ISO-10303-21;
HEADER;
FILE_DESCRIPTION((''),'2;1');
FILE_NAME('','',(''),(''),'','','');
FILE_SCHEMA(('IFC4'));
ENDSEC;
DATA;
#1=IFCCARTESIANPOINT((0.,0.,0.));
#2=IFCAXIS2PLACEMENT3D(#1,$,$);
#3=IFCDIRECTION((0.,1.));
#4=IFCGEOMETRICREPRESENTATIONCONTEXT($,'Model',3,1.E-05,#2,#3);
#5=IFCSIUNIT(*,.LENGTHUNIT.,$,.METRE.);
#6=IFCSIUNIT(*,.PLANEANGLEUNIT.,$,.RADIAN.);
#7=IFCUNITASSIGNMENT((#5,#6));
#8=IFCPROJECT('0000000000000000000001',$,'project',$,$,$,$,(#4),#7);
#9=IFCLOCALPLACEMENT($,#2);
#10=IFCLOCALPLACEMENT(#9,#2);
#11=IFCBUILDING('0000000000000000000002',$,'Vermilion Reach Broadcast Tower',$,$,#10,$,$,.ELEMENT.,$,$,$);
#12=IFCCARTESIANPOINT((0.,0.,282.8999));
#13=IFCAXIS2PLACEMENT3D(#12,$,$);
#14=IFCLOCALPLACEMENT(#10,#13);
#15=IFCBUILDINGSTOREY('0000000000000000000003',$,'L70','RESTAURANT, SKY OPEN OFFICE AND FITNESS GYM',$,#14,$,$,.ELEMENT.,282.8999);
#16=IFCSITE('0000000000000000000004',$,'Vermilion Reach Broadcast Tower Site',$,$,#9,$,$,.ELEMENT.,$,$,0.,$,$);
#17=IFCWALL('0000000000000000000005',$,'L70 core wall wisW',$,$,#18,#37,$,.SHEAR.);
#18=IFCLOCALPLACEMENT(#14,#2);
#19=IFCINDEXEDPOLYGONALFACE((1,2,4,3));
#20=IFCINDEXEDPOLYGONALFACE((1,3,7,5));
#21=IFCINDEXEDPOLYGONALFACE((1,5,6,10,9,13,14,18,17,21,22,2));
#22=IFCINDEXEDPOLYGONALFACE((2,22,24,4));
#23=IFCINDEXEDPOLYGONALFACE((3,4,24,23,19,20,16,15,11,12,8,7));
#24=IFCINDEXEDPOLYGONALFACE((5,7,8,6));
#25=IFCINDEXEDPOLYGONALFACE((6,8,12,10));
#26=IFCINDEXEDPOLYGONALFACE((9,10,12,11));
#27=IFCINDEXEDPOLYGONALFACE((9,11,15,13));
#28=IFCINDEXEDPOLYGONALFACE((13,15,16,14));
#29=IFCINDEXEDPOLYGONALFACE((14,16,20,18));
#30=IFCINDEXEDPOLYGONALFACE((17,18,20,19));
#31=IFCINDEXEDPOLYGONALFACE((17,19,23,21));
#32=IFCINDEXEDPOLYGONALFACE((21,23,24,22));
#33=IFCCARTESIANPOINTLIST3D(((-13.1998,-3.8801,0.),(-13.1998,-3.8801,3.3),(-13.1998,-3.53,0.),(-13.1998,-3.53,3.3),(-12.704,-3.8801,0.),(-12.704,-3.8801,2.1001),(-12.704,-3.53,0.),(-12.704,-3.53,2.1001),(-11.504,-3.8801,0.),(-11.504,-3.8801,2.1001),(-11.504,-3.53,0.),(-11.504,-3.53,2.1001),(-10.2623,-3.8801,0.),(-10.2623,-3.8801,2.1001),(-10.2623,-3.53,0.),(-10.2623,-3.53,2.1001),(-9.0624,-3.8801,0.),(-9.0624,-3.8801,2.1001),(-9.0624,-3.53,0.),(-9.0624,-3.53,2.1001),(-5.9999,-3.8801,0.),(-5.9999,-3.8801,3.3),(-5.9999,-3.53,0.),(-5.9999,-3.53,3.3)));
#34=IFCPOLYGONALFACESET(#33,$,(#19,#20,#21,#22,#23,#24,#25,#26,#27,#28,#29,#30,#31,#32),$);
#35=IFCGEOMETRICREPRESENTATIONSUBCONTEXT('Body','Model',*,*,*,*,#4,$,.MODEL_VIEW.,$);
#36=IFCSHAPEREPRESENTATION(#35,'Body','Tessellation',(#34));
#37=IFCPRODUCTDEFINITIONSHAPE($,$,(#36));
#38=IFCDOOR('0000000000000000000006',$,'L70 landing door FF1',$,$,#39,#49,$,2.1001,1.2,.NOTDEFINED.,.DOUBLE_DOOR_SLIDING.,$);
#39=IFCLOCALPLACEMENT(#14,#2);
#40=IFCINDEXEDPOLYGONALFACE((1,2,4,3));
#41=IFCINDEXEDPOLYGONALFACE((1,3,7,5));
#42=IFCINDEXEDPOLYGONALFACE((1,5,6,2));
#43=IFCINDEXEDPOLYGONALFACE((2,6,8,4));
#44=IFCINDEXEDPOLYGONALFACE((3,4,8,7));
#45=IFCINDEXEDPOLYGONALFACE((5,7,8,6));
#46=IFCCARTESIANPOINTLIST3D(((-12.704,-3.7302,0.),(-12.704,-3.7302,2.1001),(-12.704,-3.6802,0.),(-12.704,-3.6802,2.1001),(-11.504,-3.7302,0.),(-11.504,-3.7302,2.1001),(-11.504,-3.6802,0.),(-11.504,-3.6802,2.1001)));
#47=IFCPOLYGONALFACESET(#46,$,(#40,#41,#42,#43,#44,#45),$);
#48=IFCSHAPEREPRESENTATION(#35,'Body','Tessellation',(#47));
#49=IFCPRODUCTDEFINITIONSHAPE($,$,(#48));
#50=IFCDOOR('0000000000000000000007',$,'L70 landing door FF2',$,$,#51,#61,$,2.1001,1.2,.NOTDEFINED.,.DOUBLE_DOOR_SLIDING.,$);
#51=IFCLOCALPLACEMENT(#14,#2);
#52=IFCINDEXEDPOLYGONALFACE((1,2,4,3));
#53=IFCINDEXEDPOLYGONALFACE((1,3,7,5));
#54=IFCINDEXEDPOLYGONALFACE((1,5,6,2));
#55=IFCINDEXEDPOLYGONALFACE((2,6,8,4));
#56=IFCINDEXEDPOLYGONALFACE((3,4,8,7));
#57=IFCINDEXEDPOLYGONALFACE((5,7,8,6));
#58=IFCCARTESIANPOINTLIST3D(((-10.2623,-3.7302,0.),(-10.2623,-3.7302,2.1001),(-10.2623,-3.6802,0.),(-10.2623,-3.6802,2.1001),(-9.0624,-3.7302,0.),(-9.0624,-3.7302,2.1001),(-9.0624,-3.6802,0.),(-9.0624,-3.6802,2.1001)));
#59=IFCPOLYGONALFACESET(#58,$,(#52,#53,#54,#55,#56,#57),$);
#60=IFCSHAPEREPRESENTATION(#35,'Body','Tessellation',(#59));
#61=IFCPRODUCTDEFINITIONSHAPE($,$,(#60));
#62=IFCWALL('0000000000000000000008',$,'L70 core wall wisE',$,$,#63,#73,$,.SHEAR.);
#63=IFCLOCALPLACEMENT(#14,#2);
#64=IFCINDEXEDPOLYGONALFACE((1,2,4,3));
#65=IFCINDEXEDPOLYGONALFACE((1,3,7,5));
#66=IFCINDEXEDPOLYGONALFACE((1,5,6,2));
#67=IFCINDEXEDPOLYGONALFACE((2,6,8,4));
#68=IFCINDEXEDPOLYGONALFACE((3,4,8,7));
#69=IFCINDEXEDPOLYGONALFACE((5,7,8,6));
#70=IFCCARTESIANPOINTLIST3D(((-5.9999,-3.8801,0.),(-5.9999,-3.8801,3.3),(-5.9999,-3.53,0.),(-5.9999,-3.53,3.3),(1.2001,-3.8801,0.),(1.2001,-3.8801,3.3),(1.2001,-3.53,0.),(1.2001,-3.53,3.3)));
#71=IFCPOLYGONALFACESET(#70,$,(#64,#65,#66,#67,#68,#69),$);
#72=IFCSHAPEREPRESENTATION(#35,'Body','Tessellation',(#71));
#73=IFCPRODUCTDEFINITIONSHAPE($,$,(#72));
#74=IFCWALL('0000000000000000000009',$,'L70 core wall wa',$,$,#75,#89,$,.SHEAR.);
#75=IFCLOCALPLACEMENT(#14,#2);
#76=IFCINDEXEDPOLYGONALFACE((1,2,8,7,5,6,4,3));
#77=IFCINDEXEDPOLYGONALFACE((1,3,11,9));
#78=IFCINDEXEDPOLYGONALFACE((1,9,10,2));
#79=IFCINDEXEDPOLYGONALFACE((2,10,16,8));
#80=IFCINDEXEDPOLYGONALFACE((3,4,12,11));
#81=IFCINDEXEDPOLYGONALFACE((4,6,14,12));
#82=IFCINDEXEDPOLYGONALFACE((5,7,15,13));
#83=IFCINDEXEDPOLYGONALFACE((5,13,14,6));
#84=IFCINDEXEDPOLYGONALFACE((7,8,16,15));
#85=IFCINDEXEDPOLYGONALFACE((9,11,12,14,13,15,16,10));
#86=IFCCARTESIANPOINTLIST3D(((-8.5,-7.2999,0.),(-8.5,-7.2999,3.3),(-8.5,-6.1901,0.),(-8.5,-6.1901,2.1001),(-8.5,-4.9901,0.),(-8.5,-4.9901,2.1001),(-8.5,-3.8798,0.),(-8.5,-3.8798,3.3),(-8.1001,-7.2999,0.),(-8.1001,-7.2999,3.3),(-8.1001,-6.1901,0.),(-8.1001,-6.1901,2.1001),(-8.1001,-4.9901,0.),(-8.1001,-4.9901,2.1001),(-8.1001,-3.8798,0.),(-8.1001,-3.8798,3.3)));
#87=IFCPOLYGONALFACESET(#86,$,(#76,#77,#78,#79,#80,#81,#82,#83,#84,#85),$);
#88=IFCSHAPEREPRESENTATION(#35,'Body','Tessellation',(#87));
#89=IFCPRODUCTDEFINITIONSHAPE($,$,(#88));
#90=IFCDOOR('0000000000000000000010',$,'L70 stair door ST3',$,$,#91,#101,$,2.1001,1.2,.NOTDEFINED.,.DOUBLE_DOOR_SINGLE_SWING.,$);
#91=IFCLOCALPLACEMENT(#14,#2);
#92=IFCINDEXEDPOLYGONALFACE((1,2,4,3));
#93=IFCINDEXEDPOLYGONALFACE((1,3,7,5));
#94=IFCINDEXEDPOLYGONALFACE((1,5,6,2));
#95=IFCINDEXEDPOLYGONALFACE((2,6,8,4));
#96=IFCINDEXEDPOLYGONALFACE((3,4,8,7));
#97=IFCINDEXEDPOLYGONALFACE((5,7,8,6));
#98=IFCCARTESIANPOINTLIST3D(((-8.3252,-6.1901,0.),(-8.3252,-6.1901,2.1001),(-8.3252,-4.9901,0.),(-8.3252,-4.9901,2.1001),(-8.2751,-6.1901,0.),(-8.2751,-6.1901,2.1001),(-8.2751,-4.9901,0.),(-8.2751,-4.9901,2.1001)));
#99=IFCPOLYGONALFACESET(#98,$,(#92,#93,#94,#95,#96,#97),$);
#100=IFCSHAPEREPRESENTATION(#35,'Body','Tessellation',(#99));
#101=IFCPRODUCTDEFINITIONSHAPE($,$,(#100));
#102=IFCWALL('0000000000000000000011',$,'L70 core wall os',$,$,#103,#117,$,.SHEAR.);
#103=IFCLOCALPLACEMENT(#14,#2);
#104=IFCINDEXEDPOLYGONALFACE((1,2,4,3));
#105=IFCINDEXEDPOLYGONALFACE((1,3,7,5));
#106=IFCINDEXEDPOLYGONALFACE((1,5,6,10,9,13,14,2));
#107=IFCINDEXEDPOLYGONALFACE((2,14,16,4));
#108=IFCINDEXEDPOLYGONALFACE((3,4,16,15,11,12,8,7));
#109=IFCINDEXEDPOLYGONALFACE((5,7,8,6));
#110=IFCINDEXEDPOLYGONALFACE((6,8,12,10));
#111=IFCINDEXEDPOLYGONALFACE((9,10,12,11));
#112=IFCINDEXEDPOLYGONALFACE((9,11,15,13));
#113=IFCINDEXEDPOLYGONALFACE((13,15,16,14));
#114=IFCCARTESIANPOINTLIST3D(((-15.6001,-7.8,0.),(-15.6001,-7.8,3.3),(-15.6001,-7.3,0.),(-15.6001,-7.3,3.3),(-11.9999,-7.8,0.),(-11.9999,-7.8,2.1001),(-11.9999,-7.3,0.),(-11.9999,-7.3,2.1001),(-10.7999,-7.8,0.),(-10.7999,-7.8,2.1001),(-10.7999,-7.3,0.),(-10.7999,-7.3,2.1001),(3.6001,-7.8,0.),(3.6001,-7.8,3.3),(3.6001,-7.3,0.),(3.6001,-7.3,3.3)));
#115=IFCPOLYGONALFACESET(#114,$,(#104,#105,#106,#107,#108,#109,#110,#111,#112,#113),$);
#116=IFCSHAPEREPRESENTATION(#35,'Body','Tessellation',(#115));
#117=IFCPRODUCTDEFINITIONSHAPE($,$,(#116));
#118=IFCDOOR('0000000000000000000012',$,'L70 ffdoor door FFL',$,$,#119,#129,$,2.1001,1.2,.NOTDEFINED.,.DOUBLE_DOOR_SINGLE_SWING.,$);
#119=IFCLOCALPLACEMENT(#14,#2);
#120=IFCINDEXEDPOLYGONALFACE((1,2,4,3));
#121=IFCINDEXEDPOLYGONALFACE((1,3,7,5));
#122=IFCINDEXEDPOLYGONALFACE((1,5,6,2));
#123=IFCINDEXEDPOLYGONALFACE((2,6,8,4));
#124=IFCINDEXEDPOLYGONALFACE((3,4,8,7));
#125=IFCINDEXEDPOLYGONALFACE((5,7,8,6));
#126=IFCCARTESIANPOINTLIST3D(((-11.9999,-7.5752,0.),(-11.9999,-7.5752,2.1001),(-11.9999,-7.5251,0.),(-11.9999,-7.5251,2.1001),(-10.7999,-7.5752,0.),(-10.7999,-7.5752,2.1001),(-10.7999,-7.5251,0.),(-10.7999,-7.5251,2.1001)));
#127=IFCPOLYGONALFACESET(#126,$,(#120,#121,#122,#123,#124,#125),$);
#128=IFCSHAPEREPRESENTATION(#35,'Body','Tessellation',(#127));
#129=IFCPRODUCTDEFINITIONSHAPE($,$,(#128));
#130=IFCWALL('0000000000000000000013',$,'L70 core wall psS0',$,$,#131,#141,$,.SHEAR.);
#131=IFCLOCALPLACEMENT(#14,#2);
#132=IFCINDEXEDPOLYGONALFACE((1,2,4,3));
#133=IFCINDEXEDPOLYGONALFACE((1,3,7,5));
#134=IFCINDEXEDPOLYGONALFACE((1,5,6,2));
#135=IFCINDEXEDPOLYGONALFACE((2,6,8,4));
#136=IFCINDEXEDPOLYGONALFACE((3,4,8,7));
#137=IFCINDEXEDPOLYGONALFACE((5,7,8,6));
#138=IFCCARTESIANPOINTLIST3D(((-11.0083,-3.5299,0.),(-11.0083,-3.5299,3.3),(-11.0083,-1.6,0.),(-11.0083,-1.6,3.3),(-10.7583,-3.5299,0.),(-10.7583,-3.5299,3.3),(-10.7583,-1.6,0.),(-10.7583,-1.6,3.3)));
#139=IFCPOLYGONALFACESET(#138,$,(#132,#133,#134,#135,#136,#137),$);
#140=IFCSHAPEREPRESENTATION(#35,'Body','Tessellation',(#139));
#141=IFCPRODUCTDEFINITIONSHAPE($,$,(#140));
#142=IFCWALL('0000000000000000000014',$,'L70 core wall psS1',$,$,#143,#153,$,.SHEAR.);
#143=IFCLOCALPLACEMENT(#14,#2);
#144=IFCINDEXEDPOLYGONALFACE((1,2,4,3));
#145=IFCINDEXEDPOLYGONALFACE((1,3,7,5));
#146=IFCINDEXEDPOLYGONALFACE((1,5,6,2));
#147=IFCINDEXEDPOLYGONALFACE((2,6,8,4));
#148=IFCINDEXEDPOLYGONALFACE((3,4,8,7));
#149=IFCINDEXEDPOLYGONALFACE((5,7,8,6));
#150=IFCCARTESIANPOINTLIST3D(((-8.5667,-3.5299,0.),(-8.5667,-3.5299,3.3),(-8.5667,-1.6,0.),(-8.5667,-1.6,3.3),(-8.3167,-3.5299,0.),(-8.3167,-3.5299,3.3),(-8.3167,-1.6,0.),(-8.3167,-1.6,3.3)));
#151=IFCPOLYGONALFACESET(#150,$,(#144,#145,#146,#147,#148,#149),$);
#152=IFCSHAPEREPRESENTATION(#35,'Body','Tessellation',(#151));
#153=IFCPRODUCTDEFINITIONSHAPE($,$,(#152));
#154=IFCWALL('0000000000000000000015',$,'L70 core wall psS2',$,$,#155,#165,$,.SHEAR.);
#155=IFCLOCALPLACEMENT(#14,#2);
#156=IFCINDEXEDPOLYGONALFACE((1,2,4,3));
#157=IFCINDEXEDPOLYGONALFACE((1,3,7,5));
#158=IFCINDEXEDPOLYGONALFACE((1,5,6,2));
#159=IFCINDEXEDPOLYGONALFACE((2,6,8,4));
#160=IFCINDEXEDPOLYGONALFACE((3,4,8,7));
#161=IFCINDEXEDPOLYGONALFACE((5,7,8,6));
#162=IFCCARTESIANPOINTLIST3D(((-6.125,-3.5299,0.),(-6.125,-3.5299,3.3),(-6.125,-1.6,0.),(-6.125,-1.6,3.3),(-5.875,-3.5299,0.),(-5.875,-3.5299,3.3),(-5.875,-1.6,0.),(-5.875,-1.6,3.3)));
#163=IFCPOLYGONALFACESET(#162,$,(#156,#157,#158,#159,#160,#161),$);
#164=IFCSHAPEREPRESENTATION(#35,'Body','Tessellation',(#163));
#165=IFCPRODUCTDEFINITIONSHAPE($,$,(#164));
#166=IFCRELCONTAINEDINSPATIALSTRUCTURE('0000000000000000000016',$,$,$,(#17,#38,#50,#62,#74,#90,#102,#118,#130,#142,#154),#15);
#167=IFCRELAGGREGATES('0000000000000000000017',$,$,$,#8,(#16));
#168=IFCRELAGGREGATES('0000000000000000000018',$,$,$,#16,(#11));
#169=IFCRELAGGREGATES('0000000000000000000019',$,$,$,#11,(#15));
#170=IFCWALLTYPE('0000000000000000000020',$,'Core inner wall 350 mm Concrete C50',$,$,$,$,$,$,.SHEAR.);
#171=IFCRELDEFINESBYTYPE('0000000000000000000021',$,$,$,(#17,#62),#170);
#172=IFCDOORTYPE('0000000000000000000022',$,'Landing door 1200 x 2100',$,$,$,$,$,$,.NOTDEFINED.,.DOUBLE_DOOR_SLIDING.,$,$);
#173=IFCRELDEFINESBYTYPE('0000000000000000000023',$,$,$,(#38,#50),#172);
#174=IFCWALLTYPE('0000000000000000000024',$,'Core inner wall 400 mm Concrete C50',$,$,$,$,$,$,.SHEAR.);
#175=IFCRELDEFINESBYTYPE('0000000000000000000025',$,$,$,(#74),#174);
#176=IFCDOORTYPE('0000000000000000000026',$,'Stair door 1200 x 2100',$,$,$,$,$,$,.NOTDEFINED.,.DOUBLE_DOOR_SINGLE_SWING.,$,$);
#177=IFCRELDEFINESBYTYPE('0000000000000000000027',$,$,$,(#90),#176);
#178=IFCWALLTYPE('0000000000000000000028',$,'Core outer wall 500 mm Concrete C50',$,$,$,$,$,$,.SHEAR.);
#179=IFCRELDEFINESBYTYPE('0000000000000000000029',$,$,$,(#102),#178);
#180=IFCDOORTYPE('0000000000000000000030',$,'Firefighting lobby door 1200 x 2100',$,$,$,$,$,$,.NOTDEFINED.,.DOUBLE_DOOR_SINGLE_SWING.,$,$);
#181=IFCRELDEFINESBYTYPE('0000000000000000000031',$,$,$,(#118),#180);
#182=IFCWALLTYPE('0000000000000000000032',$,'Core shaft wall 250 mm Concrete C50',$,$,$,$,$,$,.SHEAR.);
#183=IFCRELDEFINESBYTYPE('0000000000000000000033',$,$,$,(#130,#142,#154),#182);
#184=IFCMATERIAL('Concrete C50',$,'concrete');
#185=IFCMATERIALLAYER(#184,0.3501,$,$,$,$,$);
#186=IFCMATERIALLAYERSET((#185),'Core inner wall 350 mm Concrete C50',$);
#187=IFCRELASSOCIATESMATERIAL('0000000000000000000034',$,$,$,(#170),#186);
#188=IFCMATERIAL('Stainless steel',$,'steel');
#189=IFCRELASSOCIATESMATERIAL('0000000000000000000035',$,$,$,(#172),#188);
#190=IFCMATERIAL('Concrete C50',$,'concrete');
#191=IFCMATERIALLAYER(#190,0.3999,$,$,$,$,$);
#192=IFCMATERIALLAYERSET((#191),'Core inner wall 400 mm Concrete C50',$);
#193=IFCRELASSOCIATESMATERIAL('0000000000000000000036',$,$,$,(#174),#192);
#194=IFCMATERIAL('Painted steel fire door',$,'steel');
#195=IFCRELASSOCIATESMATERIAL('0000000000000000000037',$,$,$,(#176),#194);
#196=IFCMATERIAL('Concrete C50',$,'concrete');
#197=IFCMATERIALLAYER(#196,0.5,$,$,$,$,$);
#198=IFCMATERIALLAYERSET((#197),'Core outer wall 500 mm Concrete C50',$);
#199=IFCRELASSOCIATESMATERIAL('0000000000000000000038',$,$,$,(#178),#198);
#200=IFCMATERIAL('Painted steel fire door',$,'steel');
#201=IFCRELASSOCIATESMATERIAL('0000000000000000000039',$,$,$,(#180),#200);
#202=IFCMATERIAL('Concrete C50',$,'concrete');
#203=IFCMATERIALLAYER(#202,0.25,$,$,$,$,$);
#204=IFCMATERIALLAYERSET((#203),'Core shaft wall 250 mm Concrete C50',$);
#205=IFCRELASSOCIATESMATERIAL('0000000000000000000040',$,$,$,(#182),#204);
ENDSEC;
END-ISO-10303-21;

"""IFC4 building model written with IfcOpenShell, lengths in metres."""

from ifc_helpers import new_model, si_unit, direction, frame, frame_2d, origin, place, context, subcontext, project, spatial, rectangle, extrude, material, layer, layer_set, type_object, element, fill, save


model = new_model("IFC4")

# Units and contexts
model_context = context("Model", 3, precision=1e-05, world=origin(), true_north=direction((0.0, 1.0)))
body_context = subcontext(model_context, "Body", "Model", "MODEL_VIEW")
ifc_project = project(units=[si_unit("LENGTHUNIT", "METRE"), si_unit("PLANEANGLEUNIT", "RADIAN")], contexts=[model_context])

# Site, building, storey
site_placement = place(None, origin())
site = spatial("IfcSite", under=ifc_project, at=site_placement, Name="Vermilion Reach Broadcast Tower Site", CompositionType="ELEMENT", RefElevation=0.0)
building_placement = place(site_placement, origin())
building = spatial("IfcBuilding", under=site, at=building_placement, Name="Vermilion Reach Broadcast Tower", CompositionType="ELEMENT")
storey_placement = place(building_placement, frame((0.0, 0.0, 282.8999)))
storey = spatial("IfcBuildingStorey", under=building, at=storey_placement, Name="L70", Description="RESTAURANT, SKY OPEN OFFICE AND FITNESS GYM", CompositionType="ELEMENT", Elevation=282.8999)

# Wall, openings, doors
ifc_material_1 = material(Name="Concrete C50", Category="concrete")
ifc_layer_1 = layer(ifc_material_1, 0.3501)
ifc_layer_set_1 = layer_set([ifc_layer_1], Name="Core inner wall 350 mm Concrete C50")
wall_type_1 = type_object("IfcWallType", Name="Core inner wall 350 mm Concrete C50", PredefinedType="SHEAR", material=ifc_layer_set_1)
wall_1_placement = place(storey_placement, frame((-13.2, -3.7051, 0.0), z_axis=(0.0, 0.0, 1.0), x_axis=(1.0, 0.0, 0.0)))
wall_1 = element("IfcWall", 1, at=wall_1_placement, inside=storey, type_object=wall_type_1, Name="L70 core wall wisW", PredefinedType="SHEAR", context=body_context, shape_type="SweptSolid", body=[
    extrude(rectangle(XDim=7.2, YDim=0.3501, at=frame_2d((3.6001, 0.0))), origin(), (0.0, 0.0, 1.0), 3.3),
])
opening_1_placement = place(wall_1_placement, frame((0.4958, 0.0, 0.0)))
opening_1 = element("IfcOpeningElement", 2, at=opening_1_placement, cuts=wall_1, PredefinedType="OPENING", context=body_context, shape_type="SweptSolid", body=[
    extrude(rectangle(XDim=1.2, YDim=2.1001, at=frame_2d((0.6001, 1.05))), frame((0.0, 0.1851, 0.0), z_axis=(0.0, -1.0, 0.0), x_axis=(1.0, 0.0, 0.0)), (0.0, 0.0, 1.0), 0.3701),
])
opening_2_placement = place(wall_1_placement, frame((2.9375, 0.0, 0.0)))
opening_2 = element("IfcOpeningElement", 3, at=opening_2_placement, cuts=wall_1, PredefinedType="OPENING", context=body_context, shape_type="SweptSolid", body=[
    extrude(rectangle(XDim=1.2, YDim=2.1001, at=frame_2d((0.6001, 1.05))), frame((0.0, 0.1851, 0.0), z_axis=(0.0, -1.0, 0.0), x_axis=(1.0, 0.0, 0.0)), (0.0, 0.0, 1.0), 0.3701),
])
ifc_material_2 = material(Name="Stainless steel", Category="steel")
door_type_1 = type_object("IfcDoorType", Name="Landing door 1200 x 2100", OperationType="DOUBLE_DOOR_SLIDING", PredefinedType="NOTDEFINED", material=ifc_material_2)
door_1_placement = place(opening_1_placement, origin())
door_1 = element("IfcDoor", 4, at=door_1_placement, inside=storey, type_object=door_type_1, Name="L70 landing door FF1", OperationType="DOUBLE_DOOR_SLIDING", OverallHeight=2.1001, OverallWidth=1.2, PredefinedType="NOTDEFINED", context=body_context, shape_type="SweptSolid", body=[
    extrude(rectangle(XDim=1.2, YDim=2.1001, at=frame_2d((0.6001, 1.05))), frame((0.0, 0.0249, 0.0), z_axis=(0.0, -1.0, 0.0), x_axis=(1.0, 0.0, 0.0)), (0.0, 0.0, 1.0), 0.05),
])
fill(opening_1, door_1)
door_2_placement = place(opening_2_placement, origin())
door_2 = element("IfcDoor", 5, at=door_2_placement, inside=storey, type_object=door_type_1, Name="L70 landing door FF2", OperationType="DOUBLE_DOOR_SLIDING", OverallHeight=2.1001, OverallWidth=1.2, PredefinedType="NOTDEFINED", context=body_context, shape_type="SweptSolid", body=[
    extrude(rectangle(XDim=1.2, YDim=2.1001, at=frame_2d((0.6001, 1.05))), frame((0.0, 0.0249, 0.0), z_axis=(0.0, -1.0, 0.0), x_axis=(1.0, 0.0, 0.0)), (0.0, 0.0, 1.0), 0.05),
])
fill(opening_2, door_2)

# Wall
wall_2_placement = place(storey_placement, frame((-6.0, -3.7051, 0.0), z_axis=(0.0, 0.0, 1.0), x_axis=(1.0, 0.0, 0.0)))
element("IfcWall", 6, at=wall_2_placement, inside=storey, type_object=wall_type_1, Name="L70 core wall wisE", PredefinedType="SHEAR", context=body_context, shape_type="SweptSolid", body=[
    extrude(rectangle(XDim=7.2, YDim=0.3501, at=frame_2d((3.6001, 0.0))), origin(), (0.0, 0.0, 1.0), 3.3),
])

# Walls, openings, doors
ifc_material_3 = material(Name="Concrete C50", Category="concrete")
ifc_layer_2 = layer(ifc_material_3, 0.3999)
ifc_layer_set_2 = layer_set([ifc_layer_2], Name="Core inner wall 400 mm Concrete C50")
wall_type_2 = type_object("IfcWallType", Name="Core inner wall 400 mm Concrete C50", PredefinedType="SHEAR", material=ifc_layer_set_2)
wall_3_placement = place(storey_placement, frame((-8.3, -3.8799, 0.0), z_axis=(0.0, 0.0, 1.0), x_axis=(0.0, -1.0, 0.0)))
wall_3 = element("IfcWall", 7, at=wall_3_placement, inside=storey, type_object=wall_type_2, Name="L70 core wall wa", PredefinedType="SHEAR", context=body_context, shape_type="SweptSolid", body=[
    extrude(rectangle(XDim=3.4202, YDim=0.3999, at=frame_2d((1.71, 0.0))), origin(), (0.0, 0.0, 1.0), 3.3),
])
opening_3_placement = place(wall_3_placement, frame((1.1101, 0.0, 0.0)))
opening_3 = element("IfcOpeningElement", 8, at=opening_3_placement, cuts=wall_3, PredefinedType="OPENING", context=body_context, shape_type="SweptSolid", body=[
    extrude(rectangle(XDim=1.2, YDim=2.1001, at=frame_2d((0.6001, 1.05))), frame((0.0, 0.21, 0.0), z_axis=(0.0, -1.0, 0.0), x_axis=(1.0, 0.0, 0.0)), (0.0, 0.0, 1.0), 0.4199),
])
ifc_material_4 = material(Name="Painted steel fire door", Category="steel")
door_type_2 = type_object("IfcDoorType", Name="Stair door 1200 x 2100", OperationType="DOUBLE_DOOR_SINGLE_SWING", PredefinedType="NOTDEFINED", material=ifc_material_4)
door_3_placement = place(opening_3_placement, origin())
door_3 = element("IfcDoor", 9, at=door_3_placement, inside=storey, type_object=door_type_2, Name="L70 stair door ST3", OperationType="DOUBLE_DOOR_SINGLE_SWING", OverallHeight=2.1001, OverallWidth=1.2, PredefinedType="NOTDEFINED", context=body_context, shape_type="SweptSolid", body=[
    extrude(rectangle(XDim=1.2, YDim=2.1001, at=frame_2d((0.6001, 1.05))), frame((0.0, 0.0249, 0.0), z_axis=(0.0, -1.0, 0.0), x_axis=(1.0, 0.0, 0.0)), (0.0, 0.0, 1.0), 0.05),
])
fill(opening_3, door_3)
ifc_material_5 = material(Name="Concrete C50", Category="concrete")
ifc_layer_3 = layer(ifc_material_5, 0.5)
ifc_layer_set_3 = layer_set([ifc_layer_3], Name="Core outer wall 500 mm Concrete C50")
wall_type_3 = type_object("IfcWallType", Name="Core outer wall 500 mm Concrete C50", PredefinedType="SHEAR", material=ifc_layer_set_3)
wall_4_placement = place(storey_placement, frame((-15.6001, -7.55, 0.0), z_axis=(0.0, 0.0, 1.0), x_axis=(1.0, 0.0, 0.0)))
wall_4 = element("IfcWall", 10, at=wall_4_placement, inside=storey, type_object=wall_type_3, Name="L70 core wall os", PredefinedType="SHEAR", context=body_context, shape_type="SweptSolid", body=[
    extrude(rectangle(XDim=19.2002, YDim=0.5, at=frame_2d((9.6001, 0.0))), origin(), (0.0, 0.0, 1.0), 3.3),
])
opening_4_placement = place(wall_4_placement, frame((3.6001, 0.0, 0.0)))
opening_4 = element("IfcOpeningElement", 11, at=opening_4_placement, cuts=wall_4, PredefinedType="OPENING", context=body_context, shape_type="SweptSolid", body=[
    extrude(rectangle(XDim=1.2, YDim=2.1001, at=frame_2d((0.6001, 1.05))), frame((0.0, 0.26, 0.0), z_axis=(0.0, -1.0, 0.0), x_axis=(1.0, 0.0, 0.0)), (0.0, 0.0, 1.0), 0.52),
])
ifc_material_6 = material(Name="Painted steel fire door", Category="steel")
door_type_3 = type_object("IfcDoorType", Name="Firefighting lobby door 1200 x 2100", OperationType="DOUBLE_DOOR_SINGLE_SWING", PredefinedType="NOTDEFINED", material=ifc_material_6)
door_4_placement = place(opening_4_placement, origin())
door_4 = element("IfcDoor", 12, at=door_4_placement, inside=storey, type_object=door_type_3, Name="L70 ffdoor door FFL", OperationType="DOUBLE_DOOR_SINGLE_SWING", OverallHeight=2.1001, OverallWidth=1.2, PredefinedType="NOTDEFINED", context=body_context, shape_type="SweptSolid", body=[
    extrude(rectangle(XDim=1.2, YDim=2.1001, at=frame_2d((0.6001, 1.05))), frame((0.0, 0.0249, 0.0), z_axis=(0.0, -1.0, 0.0), x_axis=(1.0, 0.0, 0.0)), (0.0, 0.0, 1.0), 0.05),
])
fill(opening_4, door_4)

# Walls
ifc_material_7 = material(Name="Concrete C50", Category="concrete")
ifc_layer_4 = layer(ifc_material_7, 0.25)
ifc_layer_set_4 = layer_set([ifc_layer_4], Name="Core shaft wall 250 mm Concrete C50")
wall_type_4 = type_object("IfcWallType", Name="Core shaft wall 250 mm Concrete C50", PredefinedType="SHEAR", material=ifc_layer_set_4)
for number, where, z_axis, x_axis, name in (
    (13, (-10.8833, -1.6001, 0.0), (0.0, 0.0, 1.0), (0.0, -1.0, 0.0), "L70 core wall psS0"),
    (14, (-8.4417, -1.6001, 0.0), (0.0, 0.0, 1.0), (0.0, -1.0, 0.0), "L70 core wall psS1"),
    (15, (-6.0, -1.6001, 0.0), (0.0, 0.0, 1.0), (0.0, -1.0, 0.0), "L70 core wall psS2"),
):
    element("IfcWall", number, at=place(storey_placement, frame(where, z_axis=z_axis, x_axis=x_axis)), inside=storey, type_object=wall_type_4, Name=name, PredefinedType="SHEAR", context=body_context, shape_type="SweptSolid", body=[
        extrude(rectangle(XDim=1.9299, YDim=0.25, at=frame_2d((0.9648, 0.0))), origin(), (0.0, 0.0, 1.0), 3.3),
    ])

save(model, "model.ifc")
